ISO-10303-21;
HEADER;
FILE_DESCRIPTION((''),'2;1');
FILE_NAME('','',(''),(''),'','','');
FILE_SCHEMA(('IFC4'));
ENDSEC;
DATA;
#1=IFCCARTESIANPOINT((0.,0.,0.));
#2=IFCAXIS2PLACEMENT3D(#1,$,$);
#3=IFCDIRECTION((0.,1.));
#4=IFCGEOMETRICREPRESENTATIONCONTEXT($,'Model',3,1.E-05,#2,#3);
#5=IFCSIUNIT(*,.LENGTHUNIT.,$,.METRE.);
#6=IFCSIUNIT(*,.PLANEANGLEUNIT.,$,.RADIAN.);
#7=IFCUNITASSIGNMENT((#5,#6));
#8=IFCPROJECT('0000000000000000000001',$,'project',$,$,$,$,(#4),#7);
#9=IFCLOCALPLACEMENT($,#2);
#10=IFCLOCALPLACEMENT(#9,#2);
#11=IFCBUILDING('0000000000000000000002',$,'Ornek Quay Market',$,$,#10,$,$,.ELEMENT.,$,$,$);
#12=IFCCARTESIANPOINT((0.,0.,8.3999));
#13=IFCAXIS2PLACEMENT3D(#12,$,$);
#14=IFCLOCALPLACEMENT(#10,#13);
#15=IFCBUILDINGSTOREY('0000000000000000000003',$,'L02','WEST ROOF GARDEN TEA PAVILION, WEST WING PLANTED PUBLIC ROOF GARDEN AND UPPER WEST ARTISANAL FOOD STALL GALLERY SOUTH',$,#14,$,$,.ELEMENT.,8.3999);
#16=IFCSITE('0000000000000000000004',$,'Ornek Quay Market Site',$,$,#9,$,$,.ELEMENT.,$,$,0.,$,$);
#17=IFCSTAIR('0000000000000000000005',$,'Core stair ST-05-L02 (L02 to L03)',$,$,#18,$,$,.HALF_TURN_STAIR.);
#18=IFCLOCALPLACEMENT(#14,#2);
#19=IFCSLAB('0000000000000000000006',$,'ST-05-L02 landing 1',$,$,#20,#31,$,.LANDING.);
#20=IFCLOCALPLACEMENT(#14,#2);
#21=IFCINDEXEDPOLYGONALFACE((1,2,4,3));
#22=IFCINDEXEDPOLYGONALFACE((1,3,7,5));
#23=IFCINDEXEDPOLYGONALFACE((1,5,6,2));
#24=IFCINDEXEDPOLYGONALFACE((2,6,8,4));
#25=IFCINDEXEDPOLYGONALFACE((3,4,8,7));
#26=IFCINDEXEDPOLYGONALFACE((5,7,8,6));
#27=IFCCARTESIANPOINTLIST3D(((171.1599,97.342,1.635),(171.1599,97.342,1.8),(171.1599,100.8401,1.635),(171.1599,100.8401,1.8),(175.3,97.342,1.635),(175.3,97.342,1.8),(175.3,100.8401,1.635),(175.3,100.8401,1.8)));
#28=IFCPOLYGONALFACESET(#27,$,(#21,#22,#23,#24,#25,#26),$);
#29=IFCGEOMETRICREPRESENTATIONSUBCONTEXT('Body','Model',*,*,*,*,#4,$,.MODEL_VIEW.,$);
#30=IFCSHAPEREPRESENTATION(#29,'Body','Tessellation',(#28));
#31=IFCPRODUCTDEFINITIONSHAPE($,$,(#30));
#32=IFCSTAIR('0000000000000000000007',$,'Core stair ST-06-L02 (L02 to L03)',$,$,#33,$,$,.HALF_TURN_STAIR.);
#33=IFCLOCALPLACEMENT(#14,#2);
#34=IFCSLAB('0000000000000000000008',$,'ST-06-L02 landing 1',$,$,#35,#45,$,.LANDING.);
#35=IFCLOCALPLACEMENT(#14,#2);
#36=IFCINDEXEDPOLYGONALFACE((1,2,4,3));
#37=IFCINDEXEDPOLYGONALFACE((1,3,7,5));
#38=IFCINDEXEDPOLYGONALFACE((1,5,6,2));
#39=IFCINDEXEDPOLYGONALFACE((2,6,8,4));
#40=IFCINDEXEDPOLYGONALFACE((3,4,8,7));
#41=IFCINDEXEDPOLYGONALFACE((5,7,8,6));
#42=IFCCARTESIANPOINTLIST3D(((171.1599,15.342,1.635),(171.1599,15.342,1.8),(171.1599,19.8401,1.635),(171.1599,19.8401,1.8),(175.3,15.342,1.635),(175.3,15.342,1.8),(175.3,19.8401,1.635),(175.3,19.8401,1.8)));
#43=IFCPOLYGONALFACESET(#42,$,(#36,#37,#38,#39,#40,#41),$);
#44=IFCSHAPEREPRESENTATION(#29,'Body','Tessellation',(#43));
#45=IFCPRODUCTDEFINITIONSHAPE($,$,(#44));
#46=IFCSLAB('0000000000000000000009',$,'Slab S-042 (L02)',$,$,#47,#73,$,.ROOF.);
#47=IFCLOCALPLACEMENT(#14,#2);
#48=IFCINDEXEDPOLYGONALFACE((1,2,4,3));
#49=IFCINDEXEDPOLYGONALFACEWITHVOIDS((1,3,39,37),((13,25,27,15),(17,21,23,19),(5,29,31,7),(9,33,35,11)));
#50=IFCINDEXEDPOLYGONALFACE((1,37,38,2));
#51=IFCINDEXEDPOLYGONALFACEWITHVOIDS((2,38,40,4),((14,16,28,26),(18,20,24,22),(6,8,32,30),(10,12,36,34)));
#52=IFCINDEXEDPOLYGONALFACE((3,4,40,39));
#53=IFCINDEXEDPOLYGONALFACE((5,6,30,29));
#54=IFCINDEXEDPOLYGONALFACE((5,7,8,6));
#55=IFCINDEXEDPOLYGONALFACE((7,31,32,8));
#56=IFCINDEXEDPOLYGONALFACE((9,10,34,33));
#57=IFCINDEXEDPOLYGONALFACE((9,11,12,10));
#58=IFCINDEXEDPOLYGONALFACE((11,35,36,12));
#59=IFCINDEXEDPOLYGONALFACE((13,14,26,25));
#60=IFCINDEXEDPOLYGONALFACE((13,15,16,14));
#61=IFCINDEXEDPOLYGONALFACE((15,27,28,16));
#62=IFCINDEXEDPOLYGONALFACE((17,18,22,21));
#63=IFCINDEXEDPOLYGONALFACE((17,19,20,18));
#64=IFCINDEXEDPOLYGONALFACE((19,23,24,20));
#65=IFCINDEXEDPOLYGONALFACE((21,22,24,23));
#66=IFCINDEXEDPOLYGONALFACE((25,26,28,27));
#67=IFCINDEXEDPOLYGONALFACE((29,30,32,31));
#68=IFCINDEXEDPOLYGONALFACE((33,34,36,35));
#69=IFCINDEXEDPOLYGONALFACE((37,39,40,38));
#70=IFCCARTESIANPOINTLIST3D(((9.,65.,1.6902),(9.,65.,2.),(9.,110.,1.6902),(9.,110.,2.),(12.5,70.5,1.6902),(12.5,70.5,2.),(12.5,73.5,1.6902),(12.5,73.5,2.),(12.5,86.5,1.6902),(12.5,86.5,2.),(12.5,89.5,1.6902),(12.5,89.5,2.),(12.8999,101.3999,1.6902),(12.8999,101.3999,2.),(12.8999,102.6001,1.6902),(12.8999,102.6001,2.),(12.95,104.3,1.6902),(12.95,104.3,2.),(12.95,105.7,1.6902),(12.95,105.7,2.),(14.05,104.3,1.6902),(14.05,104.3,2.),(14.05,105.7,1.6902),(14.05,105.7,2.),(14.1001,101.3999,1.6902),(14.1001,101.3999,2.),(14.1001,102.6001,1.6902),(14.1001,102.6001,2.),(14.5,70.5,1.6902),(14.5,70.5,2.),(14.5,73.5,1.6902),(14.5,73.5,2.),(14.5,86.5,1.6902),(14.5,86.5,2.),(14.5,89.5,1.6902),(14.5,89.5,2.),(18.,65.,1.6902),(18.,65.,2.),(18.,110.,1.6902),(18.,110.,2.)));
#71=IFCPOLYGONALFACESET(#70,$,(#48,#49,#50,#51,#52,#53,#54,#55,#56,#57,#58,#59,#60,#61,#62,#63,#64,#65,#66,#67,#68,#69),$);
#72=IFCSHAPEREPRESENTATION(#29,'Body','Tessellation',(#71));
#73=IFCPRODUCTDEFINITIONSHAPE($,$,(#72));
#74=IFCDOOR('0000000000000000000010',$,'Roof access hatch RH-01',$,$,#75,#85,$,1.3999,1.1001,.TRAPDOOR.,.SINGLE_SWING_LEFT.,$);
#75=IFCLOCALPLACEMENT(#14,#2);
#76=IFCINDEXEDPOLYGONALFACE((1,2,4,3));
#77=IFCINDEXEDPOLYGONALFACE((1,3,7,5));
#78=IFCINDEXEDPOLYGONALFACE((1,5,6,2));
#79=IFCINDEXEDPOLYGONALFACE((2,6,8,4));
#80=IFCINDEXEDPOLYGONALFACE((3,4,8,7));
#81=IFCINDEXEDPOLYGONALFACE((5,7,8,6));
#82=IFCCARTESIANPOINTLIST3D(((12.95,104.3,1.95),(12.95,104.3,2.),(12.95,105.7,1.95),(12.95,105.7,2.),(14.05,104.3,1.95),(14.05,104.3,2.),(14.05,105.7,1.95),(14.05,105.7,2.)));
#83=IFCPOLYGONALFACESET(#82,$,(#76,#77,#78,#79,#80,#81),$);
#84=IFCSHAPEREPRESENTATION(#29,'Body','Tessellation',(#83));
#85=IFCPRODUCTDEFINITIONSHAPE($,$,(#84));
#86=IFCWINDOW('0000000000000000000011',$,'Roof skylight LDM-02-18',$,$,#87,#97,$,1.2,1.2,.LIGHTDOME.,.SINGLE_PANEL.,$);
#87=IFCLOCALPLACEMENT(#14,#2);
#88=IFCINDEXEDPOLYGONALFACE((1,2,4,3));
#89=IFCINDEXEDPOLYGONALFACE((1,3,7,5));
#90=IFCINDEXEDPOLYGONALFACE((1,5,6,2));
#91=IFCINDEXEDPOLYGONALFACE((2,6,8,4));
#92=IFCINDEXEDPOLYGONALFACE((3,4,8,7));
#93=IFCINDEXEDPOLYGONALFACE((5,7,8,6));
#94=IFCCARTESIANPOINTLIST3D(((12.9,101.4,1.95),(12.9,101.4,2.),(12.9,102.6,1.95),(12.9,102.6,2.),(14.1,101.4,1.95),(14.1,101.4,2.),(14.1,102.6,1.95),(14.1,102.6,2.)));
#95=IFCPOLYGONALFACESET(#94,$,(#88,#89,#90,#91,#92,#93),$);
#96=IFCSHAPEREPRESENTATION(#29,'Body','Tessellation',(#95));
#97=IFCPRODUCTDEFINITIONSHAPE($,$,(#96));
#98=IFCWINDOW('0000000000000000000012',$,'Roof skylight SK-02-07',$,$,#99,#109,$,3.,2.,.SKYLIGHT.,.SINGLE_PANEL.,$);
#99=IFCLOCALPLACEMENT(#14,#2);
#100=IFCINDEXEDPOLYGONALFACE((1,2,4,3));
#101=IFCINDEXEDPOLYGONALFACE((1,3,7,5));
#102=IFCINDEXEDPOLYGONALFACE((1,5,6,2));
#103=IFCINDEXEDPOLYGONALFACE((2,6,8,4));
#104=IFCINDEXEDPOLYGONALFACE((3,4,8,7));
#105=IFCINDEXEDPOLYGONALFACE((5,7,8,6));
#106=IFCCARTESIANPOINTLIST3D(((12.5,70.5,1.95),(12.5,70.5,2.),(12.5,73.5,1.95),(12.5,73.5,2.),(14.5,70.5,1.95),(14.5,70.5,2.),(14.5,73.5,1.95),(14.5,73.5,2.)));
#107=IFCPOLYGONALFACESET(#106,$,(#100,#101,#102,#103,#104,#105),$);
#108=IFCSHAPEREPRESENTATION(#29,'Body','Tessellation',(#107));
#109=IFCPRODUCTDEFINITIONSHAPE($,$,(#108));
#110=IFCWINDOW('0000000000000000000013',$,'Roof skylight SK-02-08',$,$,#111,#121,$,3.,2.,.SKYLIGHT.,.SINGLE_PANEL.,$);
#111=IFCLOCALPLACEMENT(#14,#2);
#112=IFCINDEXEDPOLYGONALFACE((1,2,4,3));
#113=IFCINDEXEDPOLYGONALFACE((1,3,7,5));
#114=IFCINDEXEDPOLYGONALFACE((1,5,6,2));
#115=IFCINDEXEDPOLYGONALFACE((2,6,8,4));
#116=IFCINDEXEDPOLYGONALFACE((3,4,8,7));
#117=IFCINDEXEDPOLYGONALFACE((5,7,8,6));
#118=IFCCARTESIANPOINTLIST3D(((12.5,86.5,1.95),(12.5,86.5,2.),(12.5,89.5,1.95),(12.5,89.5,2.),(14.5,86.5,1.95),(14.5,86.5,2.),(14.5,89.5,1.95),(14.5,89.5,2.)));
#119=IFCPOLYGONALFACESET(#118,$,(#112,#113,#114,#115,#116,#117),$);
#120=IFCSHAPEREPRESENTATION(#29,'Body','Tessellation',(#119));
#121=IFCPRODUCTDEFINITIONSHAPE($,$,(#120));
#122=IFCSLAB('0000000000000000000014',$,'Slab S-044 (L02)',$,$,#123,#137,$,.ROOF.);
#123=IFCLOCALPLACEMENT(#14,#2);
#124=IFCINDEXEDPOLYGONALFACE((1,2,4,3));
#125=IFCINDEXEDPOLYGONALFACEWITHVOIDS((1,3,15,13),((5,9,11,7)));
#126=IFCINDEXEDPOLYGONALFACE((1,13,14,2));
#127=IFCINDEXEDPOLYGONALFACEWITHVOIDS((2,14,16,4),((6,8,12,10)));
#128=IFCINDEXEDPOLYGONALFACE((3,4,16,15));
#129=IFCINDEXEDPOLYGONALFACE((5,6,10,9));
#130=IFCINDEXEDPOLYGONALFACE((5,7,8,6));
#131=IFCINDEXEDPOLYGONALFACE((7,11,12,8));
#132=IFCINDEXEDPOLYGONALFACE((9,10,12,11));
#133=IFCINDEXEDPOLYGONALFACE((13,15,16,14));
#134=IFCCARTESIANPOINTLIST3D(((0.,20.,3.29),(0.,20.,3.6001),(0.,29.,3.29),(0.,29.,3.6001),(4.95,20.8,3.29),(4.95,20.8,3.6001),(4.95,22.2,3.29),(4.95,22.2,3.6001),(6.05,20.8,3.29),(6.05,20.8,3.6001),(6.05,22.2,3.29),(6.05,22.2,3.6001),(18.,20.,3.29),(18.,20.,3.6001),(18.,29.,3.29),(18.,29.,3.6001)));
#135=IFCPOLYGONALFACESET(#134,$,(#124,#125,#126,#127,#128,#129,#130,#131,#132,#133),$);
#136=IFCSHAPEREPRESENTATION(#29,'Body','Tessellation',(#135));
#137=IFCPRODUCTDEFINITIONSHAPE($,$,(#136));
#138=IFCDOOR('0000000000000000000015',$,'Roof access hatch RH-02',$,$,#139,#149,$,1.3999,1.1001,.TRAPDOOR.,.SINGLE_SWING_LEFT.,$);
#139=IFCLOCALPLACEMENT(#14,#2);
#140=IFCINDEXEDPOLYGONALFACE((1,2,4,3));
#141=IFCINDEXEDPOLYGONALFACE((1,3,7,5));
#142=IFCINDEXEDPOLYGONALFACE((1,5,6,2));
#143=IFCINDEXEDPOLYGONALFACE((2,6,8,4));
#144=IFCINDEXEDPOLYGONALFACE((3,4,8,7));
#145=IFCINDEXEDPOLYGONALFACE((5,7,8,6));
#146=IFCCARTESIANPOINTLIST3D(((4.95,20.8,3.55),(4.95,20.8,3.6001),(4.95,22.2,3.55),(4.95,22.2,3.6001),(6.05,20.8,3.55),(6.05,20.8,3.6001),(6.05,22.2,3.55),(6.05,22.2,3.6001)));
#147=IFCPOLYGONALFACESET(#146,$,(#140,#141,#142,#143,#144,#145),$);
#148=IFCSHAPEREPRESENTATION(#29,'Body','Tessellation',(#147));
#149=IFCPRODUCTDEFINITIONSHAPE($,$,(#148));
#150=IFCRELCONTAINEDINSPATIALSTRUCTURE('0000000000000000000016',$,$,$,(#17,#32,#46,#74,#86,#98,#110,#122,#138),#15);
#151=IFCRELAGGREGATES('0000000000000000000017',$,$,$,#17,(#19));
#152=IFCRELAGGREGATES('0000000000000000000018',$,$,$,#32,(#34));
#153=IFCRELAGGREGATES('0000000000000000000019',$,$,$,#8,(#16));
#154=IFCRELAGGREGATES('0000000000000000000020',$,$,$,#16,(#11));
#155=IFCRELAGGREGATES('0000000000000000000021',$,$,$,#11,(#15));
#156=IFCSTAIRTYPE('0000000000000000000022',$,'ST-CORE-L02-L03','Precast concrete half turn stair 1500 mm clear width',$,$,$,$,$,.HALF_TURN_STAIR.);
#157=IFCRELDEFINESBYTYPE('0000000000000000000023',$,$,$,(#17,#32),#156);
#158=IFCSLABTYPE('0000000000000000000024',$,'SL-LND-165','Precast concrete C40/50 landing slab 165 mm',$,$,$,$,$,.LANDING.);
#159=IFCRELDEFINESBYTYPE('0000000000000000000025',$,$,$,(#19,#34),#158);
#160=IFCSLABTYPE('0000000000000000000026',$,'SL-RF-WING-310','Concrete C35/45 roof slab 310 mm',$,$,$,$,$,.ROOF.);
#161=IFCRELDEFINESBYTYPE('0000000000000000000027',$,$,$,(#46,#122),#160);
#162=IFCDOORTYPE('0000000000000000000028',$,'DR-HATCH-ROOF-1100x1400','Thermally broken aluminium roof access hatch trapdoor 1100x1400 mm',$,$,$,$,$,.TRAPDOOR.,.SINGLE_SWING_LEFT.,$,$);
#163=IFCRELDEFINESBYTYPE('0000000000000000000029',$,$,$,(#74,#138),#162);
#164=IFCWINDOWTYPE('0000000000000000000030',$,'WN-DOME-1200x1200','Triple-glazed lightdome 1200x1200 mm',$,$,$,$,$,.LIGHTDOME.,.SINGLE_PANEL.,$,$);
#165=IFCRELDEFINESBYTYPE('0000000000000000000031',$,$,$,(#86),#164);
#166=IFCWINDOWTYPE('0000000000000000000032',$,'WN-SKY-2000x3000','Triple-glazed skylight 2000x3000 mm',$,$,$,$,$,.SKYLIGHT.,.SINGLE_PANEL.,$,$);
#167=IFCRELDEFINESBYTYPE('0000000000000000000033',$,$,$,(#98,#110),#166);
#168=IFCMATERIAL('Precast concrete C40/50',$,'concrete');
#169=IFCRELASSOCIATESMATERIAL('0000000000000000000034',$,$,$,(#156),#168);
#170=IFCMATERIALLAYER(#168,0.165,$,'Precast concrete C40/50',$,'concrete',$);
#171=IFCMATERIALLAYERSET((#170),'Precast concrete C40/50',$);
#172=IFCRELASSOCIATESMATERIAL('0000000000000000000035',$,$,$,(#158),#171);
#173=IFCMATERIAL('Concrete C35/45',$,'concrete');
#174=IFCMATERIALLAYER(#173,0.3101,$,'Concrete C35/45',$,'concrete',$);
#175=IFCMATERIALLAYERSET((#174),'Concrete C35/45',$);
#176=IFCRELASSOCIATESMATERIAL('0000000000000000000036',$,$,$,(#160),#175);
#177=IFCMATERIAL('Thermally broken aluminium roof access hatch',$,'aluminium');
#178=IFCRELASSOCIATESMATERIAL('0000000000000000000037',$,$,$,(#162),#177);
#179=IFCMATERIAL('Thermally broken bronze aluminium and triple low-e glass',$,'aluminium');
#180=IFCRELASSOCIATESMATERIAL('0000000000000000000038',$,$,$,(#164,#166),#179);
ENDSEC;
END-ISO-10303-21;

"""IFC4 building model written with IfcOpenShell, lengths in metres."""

from ifc_helpers import new_model, si_unit, direction, frame, origin, origin_2d, place, context, subcontext, project, spatial, polyline, rectangle, outline, extrude, material, layer, layer_set, type_object, element, fill, aggregate, save


model = new_model("IFC4")

# Units and contexts
model_context = context("Model", 3, precision=1e-05, world=origin(), true_north=direction((0.0, 1.0)))
body_context = subcontext(model_context, "Body", "Model", "MODEL_VIEW")
ifc_project = project(units=[si_unit("LENGTHUNIT", "METRE"), si_unit("PLANEANGLEUNIT", "RADIAN")], contexts=[model_context])

# Site, building, storey
site_placement = place(None, origin())
site = spatial("IfcSite", under=ifc_project, at=site_placement, Name="Ornek Quay Market Site", CompositionType="ELEMENT", RefElevation=0.0)
building_placement = place(site_placement, origin())
building = spatial("IfcBuilding", under=site, at=building_placement, Name="Ornek Quay Market", CompositionType="ELEMENT")
storey_placement = place(building_placement, frame((0.0, 0.0, 8.3999)))
storey = spatial("IfcBuildingStorey", under=building, at=storey_placement, Name="L02", Description="WEST ROOF GARDEN TEA PAVILION, WEST WING PLANTED PUBLIC ROOF GARDEN AND UPPER WEST ARTISANAL FOOD STALL GALLERY SOUTH", CompositionType="ELEMENT", Elevation=8.3999)

# Shared definitions
ifc_material_1 = material(Name="Concrete C35/45", Category="concrete")

# Shared definitions
ifc_material_2 = material(Name="Thermally broken bronze aluminium and triple low-e glass", Category="aluminium")

# Stairs, slabs
ifc_material_3 = material(Name="Precast concrete C40/50", Category="concrete")
stair_type = type_object("IfcStairType", Name="ST-CORE-L02-L03", Description="Precast concrete half turn stair 1500 mm clear width", PredefinedType="HALF_TURN_STAIR", material=ifc_material_3)
stair_1_placement = place(storey_placement, origin())
stair_1 = element("IfcStair", 1, at=stair_1_placement, inside=storey, type_object=stair_type, Name="Core stair ST-05-L02 (L02 to L03)", PredefinedType="HALF_TURN_STAIR")
ifc_layer_1 = layer(ifc_material_3, 0.165, Name="Precast concrete C40/50", Category="concrete")
ifc_layer_set_1 = layer_set([ifc_layer_1], Name="Precast concrete C40/50")
slab_type_1 = type_object("IfcSlabType", Name="SL-LND-165", Description="Precast concrete C40/50 landing slab 165 mm", PredefinedType="LANDING", material=ifc_layer_set_1)
slab_1_placement = place(storey_placement, frame((0.0, 0.0, 1.635)))
slab_1 = element("IfcSlab", 2, at=slab_1_placement, type_object=slab_type_1, Name="ST-05-L02 landing 1", PredefinedType="LANDING", context=body_context, shape_type="SweptSolid", body=[
    extrude(outline(polyline([(171.1599, 97.342), (175.3, 97.342), (175.3, 100.8401), (171.1599, 100.8401), (171.1599, 97.342)])), origin(), (0.0, 0.0, 1.0), 0.165),
])
aggregate(stair_1, [slab_1])
stair_2_placement = place(storey_placement, origin())
stair_2 = element("IfcStair", 3, at=stair_2_placement, inside=storey, type_object=stair_type, Name="Core stair ST-06-L02 (L02 to L03)", PredefinedType="HALF_TURN_STAIR")
slab_2_placement = place(storey_placement, frame((0.0, 0.0, 1.635)))
slab_2 = element("IfcSlab", 4, at=slab_2_placement, type_object=slab_type_1, Name="ST-06-L02 landing 1", PredefinedType="LANDING", context=body_context, shape_type="SweptSolid", body=[
    extrude(outline(polyline([(171.1599, 15.342), (175.3, 15.342), (175.3, 19.8401), (171.1599, 19.8401), (171.1599, 15.342)])), origin(), (0.0, 0.0, 1.0), 0.165),
])
aggregate(stair_2, [slab_2])

# Slab, openings, door, windows
ifc_layer_2 = layer(ifc_material_1, 0.3101, Name="Concrete C35/45", Category="concrete")
ifc_layer_set_2 = layer_set([ifc_layer_2], Name="Concrete C35/45")
slab_type_2 = type_object("IfcSlabType", Name="SL-RF-WING-310", Description="Concrete C35/45 roof slab 310 mm", PredefinedType="ROOF", material=ifc_layer_set_2)
slab_3_placement = place(storey_placement, frame((0.0, 0.0, 1.6902)))
slab_3 = element("IfcSlab", 5, at=slab_3_placement, inside=storey, type_object=slab_type_2, Name="Slab S-042 (L02)", PredefinedType="ROOF", context=body_context, shape_type="SweptSolid", body=[
    extrude(outline(polyline([(9.0, 65.0), (18.0, 65.0), (18.0, 110.0), (9.0, 110.0), (9.0, 65.0)]), holes=[polyline([(12.5, 70.5), (14.5, 70.5), (14.5, 73.5), (12.5, 73.5), (12.5, 70.5)]), polyline([(12.5, 86.5), (14.5, 86.5), (14.5, 89.5), (12.5, 89.5), (12.5, 86.5)]), polyline([(12.8999, 101.3999), (14.1001, 101.3999), (14.1001, 102.6001), (12.8999, 102.6001), (12.8999, 101.3999)]), polyline([(12.95, 104.3), (14.05, 104.3), (14.05, 105.7), (12.95, 105.7), (12.95, 104.3)])]), origin(), (0.0, 0.0, 1.0), 0.3098),
])
opening_1_placement = place(slab_3_placement, frame((13.5, 72.0, -0.01)))
opening_1 = element("IfcOpeningElement", 6, at=opening_1_placement, cuts=slab_3, PredefinedType="OPENING", context=body_context, shape_type="SweptSolid", body=[
    extrude(rectangle(XDim=2.0, YDim=3.0, at=origin_2d()), origin(), (0.0, 0.0, 1.0), 0.3298),
])
opening_2_placement = place(slab_3_placement, frame((13.5, 88.0, -0.01)))
opening_2 = element("IfcOpeningElement", 7, at=opening_2_placement, cuts=slab_3, PredefinedType="OPENING", context=body_context, shape_type="SweptSolid", body=[
    extrude(rectangle(XDim=2.0, YDim=3.0, at=origin_2d()), origin(), (0.0, 0.0, 1.0), 0.3298),
])
opening_3_placement = place(slab_3_placement, frame((13.5, 102.0, -0.01)))
opening_3 = element("IfcOpeningElement", 8, at=opening_3_placement, cuts=slab_3, PredefinedType="OPENING", context=body_context, shape_type="SweptSolid", body=[
    extrude(rectangle(XDim=1.2, YDim=1.2, at=origin_2d()), origin(), (0.0, 0.0, 1.0), 0.3298),
])
opening_4_placement = place(slab_3_placement, frame((13.5, 105.0, -0.01)))
opening_4 = element("IfcOpeningElement", 9, at=opening_4_placement, cuts=slab_3, PredefinedType="OPENING", context=body_context, shape_type="SweptSolid", body=[
    extrude(rectangle(XDim=1.1001, YDim=1.3999, at=origin_2d()), origin(), (0.0, 0.0, 1.0), 0.3298),
])
ifc_material_4 = material(Name="Thermally broken aluminium roof access hatch", Category="aluminium")
door_type = type_object("IfcDoorType", Name="DR-HATCH-ROOF-1100x1400", Description="Thermally broken aluminium roof access hatch trapdoor 1100x1400 mm", OperationType="SINGLE_SWING_LEFT", PredefinedType="TRAPDOOR", material=ifc_material_4)
door_1_placement = place(opening_4_placement, frame((0.0, 0.0, 0.2698)))
door_1 = element("IfcDoor", 10, at=door_1_placement, inside=storey, type_object=door_type, Name="Roof access hatch RH-01", OperationType="SINGLE_SWING_LEFT", OverallHeight=1.3999, OverallWidth=1.1001, PredefinedType="TRAPDOOR", context=body_context, shape_type="SweptSolid", body=[
    extrude(rectangle(XDim=1.1001, YDim=1.3999, at=origin_2d()), origin(), (0.0, 0.0, 1.0), 0.05),
])
fill(opening_4, door_1)
window_type_1 = type_object("IfcWindowType", Name="WN-DOME-1200x1200", Description="Triple-glazed lightdome 1200x1200 mm", PartitioningType="SINGLE_PANEL", PredefinedType="LIGHTDOME", material=ifc_material_2)
window_1_placement = place(opening_3_placement, frame((0.0, 0.0, 0.2698)))
window_1 = element("IfcWindow", 11, at=window_1_placement, inside=storey, type_object=window_type_1, Name="Roof skylight LDM-02-18", OverallHeight=1.2, OverallWidth=1.2, PartitioningType="SINGLE_PANEL", PredefinedType="LIGHTDOME", context=body_context, shape_type="SweptSolid", body=[
    extrude(rectangle(XDim=1.2, YDim=1.2, at=origin_2d()), origin(), (0.0, 0.0, 1.0), 0.05),
])
fill(opening_3, window_1)
window_type_2 = type_object("IfcWindowType", Name="WN-SKY-2000x3000", Description="Triple-glazed skylight 2000x3000 mm", PartitioningType="SINGLE_PANEL", PredefinedType="SKYLIGHT", material=ifc_material_2)
window_2_placement = place(opening_1_placement, frame((0.0, 0.0, 0.2698)))
window_2 = element("IfcWindow", 12, at=window_2_placement, inside=storey, type_object=window_type_2, Name="Roof skylight SK-02-07", OverallHeight=3.0, OverallWidth=2.0, PartitioningType="SINGLE_PANEL", PredefinedType="SKYLIGHT", context=body_context, shape_type="SweptSolid", body=[
    extrude(rectangle(XDim=2.0, YDim=3.0, at=origin_2d()), origin(), (0.0, 0.0, 1.0), 0.05),
])
fill(opening_1, window_2)
window_3_placement = place(opening_2_placement, frame((0.0, 0.0, 0.2698)))
window_3 = element("IfcWindow", 13, at=window_3_placement, inside=storey, type_object=window_type_2, Name="Roof skylight SK-02-08", OverallHeight=3.0, OverallWidth=2.0, PartitioningType="SINGLE_PANEL", PredefinedType="SKYLIGHT", context=body_context, shape_type="SweptSolid", body=[
    extrude(rectangle(XDim=2.0, YDim=3.0, at=origin_2d()), origin(), (0.0, 0.0, 1.0), 0.05),
])
fill(opening_2, window_3)

# Slab, opening, door
slab_4_placement = place(storey_placement, frame((0.0, 0.0, 3.29)))
slab_4 = element("IfcSlab", 14, at=slab_4_placement, inside=storey, type_object=slab_type_2, Name="Slab S-044 (L02)", PredefinedType="ROOF", context=body_context, shape_type="SweptSolid", body=[
    extrude(outline(polyline([(0.0, 20.0), (18.0, 20.0), (18.0, 29.0), (0.0, 29.0), (0.0, 20.0)]), holes=[polyline([(4.95, 20.8), (6.05, 20.8), (6.05, 22.2), (4.95, 22.2), (4.95, 20.8)])]), origin(), (0.0, 0.0, 1.0), 0.3101),
])
opening_5_placement = place(slab_4_placement, frame((5.5, 21.5, -0.01)))
opening_5 = element("IfcOpeningElement", 15, at=opening_5_placement, cuts=slab_4, PredefinedType="OPENING", context=body_context, shape_type="SweptSolid", body=[
    extrude(rectangle(XDim=1.1001, YDim=1.3999, at=origin_2d()), origin(), (0.0, 0.0, 1.0), 0.3301),
])
door_2_placement = place(opening_5_placement, frame((0.0, 0.0, 0.27)))
door_2 = element("IfcDoor", 16, at=door_2_placement, inside=storey, type_object=door_type, Name="Roof access hatch RH-02", OperationType="SINGLE_SWING_LEFT", OverallHeight=1.3999, OverallWidth=1.1001, PredefinedType="TRAPDOOR", context=body_context, shape_type="SweptSolid", body=[
    extrude(rectangle(XDim=1.1001, YDim=1.3999, at=origin_2d()), origin(), (0.0, 0.0, 1.0), 0.05),
])
fill(opening_5, door_2)

save(model, "model.ifc")
